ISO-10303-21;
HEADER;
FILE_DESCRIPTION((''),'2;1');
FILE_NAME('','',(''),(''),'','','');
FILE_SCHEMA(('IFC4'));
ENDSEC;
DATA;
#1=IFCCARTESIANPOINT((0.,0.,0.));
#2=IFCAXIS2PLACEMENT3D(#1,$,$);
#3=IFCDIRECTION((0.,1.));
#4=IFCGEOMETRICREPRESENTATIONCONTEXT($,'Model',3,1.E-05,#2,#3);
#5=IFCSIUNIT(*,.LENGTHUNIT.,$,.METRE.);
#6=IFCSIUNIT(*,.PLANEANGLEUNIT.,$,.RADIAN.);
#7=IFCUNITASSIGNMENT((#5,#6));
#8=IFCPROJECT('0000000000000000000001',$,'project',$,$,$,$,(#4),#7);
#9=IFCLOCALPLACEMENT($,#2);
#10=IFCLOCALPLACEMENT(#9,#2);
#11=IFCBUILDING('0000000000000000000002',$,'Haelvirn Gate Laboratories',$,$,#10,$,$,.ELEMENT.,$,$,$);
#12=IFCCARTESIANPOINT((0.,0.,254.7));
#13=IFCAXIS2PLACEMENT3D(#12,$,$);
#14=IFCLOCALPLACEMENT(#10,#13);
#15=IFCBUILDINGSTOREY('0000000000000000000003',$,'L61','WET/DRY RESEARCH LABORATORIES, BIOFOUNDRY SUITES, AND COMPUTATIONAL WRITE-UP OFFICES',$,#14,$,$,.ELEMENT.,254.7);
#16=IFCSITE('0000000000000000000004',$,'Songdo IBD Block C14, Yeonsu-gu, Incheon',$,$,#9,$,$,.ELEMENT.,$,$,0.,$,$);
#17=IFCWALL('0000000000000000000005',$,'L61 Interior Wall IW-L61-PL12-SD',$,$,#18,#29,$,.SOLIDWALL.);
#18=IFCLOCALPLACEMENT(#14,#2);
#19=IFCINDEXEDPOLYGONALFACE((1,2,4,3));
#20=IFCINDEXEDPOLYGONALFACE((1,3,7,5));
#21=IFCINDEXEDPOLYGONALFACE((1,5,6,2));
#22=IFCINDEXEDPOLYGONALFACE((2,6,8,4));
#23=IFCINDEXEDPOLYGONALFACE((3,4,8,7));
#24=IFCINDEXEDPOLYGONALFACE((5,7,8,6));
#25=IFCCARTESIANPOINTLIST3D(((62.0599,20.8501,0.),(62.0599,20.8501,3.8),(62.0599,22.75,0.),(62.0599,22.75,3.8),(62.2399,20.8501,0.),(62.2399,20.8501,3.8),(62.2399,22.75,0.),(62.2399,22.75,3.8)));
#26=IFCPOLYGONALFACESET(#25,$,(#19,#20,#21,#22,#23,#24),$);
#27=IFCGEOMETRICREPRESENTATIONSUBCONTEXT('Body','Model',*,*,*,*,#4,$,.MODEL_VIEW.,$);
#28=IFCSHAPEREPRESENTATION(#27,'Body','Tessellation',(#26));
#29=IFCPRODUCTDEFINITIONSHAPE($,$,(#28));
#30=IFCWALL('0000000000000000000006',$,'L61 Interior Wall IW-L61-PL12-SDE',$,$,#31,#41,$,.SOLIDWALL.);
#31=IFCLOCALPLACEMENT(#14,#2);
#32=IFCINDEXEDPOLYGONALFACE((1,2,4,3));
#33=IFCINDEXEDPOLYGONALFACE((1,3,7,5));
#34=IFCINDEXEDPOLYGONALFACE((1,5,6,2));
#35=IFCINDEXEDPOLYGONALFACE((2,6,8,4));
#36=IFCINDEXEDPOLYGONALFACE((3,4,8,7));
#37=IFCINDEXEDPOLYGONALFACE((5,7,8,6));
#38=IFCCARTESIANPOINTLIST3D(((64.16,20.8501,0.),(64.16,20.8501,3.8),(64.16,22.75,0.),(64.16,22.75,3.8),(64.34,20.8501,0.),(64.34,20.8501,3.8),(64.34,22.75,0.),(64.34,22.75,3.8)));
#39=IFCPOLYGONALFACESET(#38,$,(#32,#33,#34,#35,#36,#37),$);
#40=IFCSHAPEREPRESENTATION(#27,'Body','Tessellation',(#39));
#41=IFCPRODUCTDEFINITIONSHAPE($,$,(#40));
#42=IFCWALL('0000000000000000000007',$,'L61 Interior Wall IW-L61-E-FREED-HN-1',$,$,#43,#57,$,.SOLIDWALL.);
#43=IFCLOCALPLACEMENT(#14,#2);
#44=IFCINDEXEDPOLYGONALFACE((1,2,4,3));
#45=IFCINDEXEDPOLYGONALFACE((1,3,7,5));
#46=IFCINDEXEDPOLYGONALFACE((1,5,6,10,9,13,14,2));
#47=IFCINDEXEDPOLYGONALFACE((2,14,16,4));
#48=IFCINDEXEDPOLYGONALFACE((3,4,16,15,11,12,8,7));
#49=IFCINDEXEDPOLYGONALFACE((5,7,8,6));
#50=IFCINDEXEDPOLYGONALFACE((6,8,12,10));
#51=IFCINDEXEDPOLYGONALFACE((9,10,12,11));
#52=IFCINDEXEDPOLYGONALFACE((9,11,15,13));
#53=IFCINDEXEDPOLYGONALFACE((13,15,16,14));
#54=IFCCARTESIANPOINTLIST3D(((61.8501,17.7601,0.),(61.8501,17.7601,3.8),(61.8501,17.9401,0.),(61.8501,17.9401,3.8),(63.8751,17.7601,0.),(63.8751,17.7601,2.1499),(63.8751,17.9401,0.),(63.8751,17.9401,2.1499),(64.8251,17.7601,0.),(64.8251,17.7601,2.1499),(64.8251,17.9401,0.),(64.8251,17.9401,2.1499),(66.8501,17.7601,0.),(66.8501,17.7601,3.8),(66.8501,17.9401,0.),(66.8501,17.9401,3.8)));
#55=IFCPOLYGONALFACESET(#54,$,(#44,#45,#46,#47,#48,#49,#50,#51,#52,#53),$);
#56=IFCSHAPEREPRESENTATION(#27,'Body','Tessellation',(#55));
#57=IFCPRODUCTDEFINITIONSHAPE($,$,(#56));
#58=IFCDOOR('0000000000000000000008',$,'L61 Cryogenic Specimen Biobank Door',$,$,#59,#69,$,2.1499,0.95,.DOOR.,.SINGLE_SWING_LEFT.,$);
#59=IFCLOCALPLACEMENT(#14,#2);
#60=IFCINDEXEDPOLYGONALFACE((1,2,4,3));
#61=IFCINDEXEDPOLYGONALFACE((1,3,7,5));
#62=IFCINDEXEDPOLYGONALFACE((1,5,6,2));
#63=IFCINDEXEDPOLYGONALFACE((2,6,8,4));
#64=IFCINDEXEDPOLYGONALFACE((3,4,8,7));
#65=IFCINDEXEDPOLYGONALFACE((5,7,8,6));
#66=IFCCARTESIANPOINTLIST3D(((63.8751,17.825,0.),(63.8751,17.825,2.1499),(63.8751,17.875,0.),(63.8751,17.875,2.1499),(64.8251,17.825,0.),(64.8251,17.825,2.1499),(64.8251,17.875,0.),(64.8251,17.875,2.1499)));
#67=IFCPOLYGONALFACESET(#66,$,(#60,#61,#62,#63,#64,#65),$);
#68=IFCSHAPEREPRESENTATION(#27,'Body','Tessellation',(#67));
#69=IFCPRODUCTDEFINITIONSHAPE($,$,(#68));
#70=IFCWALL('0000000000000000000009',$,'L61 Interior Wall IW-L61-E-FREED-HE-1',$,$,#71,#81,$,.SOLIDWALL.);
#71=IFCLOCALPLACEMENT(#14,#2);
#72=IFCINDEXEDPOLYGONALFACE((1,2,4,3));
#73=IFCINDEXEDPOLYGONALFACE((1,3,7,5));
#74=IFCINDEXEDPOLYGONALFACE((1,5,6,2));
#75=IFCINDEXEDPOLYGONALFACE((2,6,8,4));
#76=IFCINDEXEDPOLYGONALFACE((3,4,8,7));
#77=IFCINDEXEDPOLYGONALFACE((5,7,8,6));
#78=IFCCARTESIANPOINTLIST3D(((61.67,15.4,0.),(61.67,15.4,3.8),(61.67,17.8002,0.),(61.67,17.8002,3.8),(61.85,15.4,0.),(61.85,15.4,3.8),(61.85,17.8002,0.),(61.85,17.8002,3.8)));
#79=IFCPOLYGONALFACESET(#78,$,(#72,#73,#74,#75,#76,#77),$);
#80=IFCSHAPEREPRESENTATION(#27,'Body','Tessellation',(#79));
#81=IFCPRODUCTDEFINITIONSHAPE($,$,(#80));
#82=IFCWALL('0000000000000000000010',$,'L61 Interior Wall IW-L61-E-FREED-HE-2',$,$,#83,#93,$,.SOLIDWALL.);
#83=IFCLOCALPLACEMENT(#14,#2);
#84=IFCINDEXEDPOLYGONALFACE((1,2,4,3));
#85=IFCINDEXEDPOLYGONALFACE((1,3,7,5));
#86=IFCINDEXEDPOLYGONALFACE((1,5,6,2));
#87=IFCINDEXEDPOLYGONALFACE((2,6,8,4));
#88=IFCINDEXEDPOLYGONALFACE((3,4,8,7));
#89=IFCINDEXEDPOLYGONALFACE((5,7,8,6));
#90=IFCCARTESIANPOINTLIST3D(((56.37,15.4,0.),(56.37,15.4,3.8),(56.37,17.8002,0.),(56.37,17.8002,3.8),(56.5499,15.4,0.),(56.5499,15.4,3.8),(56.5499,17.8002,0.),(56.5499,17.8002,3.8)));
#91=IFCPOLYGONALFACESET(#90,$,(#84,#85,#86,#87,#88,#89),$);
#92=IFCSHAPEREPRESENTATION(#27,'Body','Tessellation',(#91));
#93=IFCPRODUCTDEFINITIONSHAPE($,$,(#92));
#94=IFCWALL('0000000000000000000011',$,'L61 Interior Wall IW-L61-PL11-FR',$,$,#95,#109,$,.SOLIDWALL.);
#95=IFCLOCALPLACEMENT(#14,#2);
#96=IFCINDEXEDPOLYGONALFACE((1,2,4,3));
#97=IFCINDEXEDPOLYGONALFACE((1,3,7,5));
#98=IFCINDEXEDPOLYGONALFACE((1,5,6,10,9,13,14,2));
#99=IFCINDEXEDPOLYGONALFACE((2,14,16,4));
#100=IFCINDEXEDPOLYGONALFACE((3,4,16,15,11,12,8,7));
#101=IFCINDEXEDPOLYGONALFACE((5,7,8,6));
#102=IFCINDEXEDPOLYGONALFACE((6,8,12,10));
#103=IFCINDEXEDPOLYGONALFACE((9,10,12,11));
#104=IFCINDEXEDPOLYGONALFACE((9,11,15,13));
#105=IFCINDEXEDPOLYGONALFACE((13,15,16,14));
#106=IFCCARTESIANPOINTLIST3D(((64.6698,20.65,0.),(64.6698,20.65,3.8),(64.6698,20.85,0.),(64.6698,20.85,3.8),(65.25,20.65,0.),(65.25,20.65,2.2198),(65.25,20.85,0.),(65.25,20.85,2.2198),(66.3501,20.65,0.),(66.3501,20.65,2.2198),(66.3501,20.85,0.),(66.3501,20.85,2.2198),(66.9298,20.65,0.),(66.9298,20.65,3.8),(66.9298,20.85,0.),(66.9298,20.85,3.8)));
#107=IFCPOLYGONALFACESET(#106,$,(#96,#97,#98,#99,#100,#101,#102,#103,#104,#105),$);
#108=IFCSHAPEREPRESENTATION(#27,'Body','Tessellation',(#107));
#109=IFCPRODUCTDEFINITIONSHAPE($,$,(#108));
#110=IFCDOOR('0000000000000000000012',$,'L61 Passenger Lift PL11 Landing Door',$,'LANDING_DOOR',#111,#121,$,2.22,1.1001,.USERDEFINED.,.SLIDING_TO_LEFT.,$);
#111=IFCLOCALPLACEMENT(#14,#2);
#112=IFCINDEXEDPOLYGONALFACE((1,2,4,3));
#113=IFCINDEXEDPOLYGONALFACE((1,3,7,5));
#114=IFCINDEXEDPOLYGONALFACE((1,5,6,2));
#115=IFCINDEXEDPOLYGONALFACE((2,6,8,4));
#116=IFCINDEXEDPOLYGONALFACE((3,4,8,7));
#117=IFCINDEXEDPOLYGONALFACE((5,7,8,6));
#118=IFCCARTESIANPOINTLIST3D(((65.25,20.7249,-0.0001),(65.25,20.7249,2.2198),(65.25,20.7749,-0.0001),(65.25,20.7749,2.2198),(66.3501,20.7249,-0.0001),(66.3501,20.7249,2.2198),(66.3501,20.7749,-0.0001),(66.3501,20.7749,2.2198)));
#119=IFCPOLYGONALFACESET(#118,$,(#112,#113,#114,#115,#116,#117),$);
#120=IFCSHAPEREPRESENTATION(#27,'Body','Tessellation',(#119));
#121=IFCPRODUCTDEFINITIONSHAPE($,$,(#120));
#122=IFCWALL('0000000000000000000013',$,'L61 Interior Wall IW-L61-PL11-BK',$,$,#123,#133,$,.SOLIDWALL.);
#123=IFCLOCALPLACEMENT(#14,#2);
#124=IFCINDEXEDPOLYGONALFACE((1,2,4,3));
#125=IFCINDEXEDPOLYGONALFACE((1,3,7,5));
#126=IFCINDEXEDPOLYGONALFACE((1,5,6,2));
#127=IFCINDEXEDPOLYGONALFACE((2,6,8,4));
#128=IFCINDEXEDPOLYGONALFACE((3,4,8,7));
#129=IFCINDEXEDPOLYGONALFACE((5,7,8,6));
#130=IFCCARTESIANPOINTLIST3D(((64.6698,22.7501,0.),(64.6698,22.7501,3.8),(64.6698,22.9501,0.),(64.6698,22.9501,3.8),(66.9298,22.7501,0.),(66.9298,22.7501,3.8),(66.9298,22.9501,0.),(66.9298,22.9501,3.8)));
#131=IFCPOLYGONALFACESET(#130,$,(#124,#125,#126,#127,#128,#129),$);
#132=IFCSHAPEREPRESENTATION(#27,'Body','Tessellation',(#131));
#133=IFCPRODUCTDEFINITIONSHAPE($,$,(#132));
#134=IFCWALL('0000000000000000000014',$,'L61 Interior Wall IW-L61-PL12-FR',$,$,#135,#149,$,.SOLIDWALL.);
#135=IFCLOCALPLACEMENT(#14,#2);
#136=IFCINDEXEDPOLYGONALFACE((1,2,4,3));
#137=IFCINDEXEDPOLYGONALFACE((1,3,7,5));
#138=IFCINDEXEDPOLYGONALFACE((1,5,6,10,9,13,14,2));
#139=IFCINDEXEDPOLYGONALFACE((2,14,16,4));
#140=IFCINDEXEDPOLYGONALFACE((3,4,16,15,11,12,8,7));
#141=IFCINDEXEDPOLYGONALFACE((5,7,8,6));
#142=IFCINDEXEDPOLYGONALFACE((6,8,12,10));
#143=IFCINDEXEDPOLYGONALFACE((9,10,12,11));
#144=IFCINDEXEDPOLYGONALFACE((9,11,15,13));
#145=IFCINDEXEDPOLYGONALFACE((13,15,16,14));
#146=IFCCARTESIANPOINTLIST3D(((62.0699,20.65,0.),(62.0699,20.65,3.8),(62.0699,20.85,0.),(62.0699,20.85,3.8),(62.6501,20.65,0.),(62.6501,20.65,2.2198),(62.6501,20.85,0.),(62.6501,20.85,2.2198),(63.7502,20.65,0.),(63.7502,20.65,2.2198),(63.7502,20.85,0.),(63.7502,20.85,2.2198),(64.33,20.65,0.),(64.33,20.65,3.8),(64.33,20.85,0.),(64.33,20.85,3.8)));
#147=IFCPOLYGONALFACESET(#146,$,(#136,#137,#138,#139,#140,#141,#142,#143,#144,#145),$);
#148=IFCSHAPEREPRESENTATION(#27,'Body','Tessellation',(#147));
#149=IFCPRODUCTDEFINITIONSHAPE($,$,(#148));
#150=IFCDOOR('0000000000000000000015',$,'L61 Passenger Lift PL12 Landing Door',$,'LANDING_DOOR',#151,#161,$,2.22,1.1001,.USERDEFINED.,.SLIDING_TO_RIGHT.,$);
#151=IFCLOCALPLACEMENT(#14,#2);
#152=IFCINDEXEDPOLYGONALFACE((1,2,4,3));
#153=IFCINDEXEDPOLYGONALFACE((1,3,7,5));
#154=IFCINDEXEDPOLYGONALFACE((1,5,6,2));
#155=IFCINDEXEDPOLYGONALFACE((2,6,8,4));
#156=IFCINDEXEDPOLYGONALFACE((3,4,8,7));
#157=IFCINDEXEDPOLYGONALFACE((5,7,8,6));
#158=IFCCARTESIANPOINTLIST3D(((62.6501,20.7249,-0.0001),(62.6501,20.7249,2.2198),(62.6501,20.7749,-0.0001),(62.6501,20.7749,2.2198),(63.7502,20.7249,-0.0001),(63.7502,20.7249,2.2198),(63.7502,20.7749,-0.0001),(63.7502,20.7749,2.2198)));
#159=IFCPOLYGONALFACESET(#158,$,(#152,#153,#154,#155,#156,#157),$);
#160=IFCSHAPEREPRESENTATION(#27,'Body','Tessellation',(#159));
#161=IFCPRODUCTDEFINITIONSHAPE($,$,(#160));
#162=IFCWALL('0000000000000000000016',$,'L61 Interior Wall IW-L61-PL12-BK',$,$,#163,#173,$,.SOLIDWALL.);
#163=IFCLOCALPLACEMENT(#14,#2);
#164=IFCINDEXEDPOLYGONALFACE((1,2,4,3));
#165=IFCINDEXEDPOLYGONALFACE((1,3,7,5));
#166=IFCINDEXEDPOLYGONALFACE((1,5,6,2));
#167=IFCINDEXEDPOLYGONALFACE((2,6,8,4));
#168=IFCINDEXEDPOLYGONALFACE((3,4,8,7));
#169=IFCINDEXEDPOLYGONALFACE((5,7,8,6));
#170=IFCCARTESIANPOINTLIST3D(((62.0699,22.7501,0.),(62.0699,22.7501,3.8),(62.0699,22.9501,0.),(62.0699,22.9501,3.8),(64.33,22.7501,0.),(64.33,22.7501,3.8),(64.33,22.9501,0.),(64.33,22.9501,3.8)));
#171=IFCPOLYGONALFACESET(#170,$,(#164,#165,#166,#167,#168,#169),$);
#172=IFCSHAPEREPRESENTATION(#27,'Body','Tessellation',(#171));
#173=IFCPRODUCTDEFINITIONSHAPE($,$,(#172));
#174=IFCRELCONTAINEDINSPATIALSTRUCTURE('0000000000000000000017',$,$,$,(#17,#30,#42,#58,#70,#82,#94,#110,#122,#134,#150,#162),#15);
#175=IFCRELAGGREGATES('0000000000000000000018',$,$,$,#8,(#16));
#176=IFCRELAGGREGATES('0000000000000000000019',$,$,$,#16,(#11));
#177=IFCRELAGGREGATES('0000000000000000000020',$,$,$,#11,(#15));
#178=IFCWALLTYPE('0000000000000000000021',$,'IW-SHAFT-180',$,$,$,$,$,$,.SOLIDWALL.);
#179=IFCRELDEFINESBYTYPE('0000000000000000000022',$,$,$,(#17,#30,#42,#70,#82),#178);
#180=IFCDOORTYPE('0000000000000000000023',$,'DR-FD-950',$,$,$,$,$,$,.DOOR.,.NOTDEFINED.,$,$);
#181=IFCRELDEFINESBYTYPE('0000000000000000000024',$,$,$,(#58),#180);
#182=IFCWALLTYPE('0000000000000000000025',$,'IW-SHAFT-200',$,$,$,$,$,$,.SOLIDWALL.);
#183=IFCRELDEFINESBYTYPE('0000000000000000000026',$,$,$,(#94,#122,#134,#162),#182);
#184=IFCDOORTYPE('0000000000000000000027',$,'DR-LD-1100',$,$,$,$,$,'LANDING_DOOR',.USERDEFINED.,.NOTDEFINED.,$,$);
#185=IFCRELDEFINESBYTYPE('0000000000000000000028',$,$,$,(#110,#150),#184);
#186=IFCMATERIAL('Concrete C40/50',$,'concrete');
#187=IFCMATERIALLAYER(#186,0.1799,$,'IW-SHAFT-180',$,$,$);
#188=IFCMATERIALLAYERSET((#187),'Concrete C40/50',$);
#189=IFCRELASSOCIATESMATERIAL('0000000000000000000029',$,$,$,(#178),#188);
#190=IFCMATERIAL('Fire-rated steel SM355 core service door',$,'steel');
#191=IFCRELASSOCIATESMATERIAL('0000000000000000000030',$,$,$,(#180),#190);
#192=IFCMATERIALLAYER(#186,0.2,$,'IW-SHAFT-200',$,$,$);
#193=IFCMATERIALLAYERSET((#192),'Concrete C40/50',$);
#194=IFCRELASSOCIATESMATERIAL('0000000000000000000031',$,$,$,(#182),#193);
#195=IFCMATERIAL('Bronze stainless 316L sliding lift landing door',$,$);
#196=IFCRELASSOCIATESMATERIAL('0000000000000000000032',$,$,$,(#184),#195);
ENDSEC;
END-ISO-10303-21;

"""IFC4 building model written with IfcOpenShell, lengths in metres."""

from ifc_helpers import new_model, si_unit, direction, frame, frame_2d, origin, place, context, subcontext, project, spatial, rectangle, extrude, source, transform, mapped, material, layer, layer_set, type_object, type_shapes, element, fill, save


model = new_model("IFC4")

# Units and contexts
model_context = context("Model", 3, precision=1e-05, world=origin(), true_north=direction((0.0, 1.0)))
body_context = subcontext(model_context, "Body", "Model", "MODEL_VIEW")
ifc_project = project(units=[si_unit("LENGTHUNIT", "METRE"), si_unit("PLANEANGLEUNIT", "RADIAN")], contexts=[model_context])

# Site, building, storey
site_placement = place(None, origin())
site = spatial("IfcSite", under=ifc_project, at=site_placement, Name="Songdo IBD Block C14, Yeonsu-gu, Incheon", CompositionType="ELEMENT", RefElevation=0.0)
building_placement = place(site_placement, origin())
building = spatial("IfcBuilding", under=site, at=building_placement, Name="Haelvirn Gate Laboratories", CompositionType="ELEMENT")
storey_placement = place(building_placement, frame((0.0, 0.0, 254.7)))
storey = spatial("IfcBuildingStorey", under=building, at=storey_placement, Name="L61", Description="WET/DRY RESEARCH LABORATORIES, BIOFOUNDRY SUITES, AND COMPUTATIONAL WRITE-UP OFFICES", CompositionType="ELEMENT", Elevation=254.7)

# Walls
ifc_material_1 = material(Name="Concrete C40/50", Category="concrete")
ifc_layer_1 = layer(ifc_material_1, 0.1799, Name="IW-SHAFT-180")
ifc_layer_set_1 = layer_set([ifc_layer_1], Name="Concrete C40/50")
wall_type_1 = type_object("IfcWallType", Name="IW-SHAFT-180", PredefinedType="SOLIDWALL", material=ifc_layer_set_1)
for number, where, z_axis, x_axis, name in (
    (1, (62.1499, 20.8501, 0.0), (0.0, 0.0, 1.0), (0.0, 1.0, 0.0), "L61 Interior Wall IW-L61-PL12-SD"),
    (2, (64.25, 20.8501, 0.0), (0.0, 0.0, 1.0), (0.0, 1.0, 0.0), "L61 Interior Wall IW-L61-PL12-SDE"),
):
    element("IfcWall", number, at=place(storey_placement, frame(where, z_axis=z_axis, x_axis=x_axis)), inside=storey, type_object=wall_type_1, Name=name, PredefinedType="SOLIDWALL", context=body_context, shape_type="SweptSolid", body=[
        extrude(rectangle(XDim=1.8999, YDim=0.1799, at=frame_2d((0.95, 0.0))), origin(), (0.0, 0.0, 1.0), 3.8),
    ])

# Wall, opening, door
wall_1_placement = place(storey_placement, frame((61.8501, 17.8501, 0.0), z_axis=(0.0, 0.0, 1.0), x_axis=(1.0, 0.0, 0.0)))
wall_1 = element("IfcWall", 3, at=wall_1_placement, inside=storey, type_object=wall_type_1, Name="L61 Interior Wall IW-L61-E-FREED-HN-1", PredefinedType="SOLIDWALL", context=body_context, shape_type="SweptSolid", body=[
    extrude(rectangle(XDim=5.0, YDim=0.1799, at=frame_2d((2.5, 0.0))), origin(), (0.0, 0.0, 1.0), 3.8),
])
opening_1_placement = place(wall_1_placement, frame((2.0249, 0.0, 0.0)))
opening_1 = element("IfcOpeningElement", 4, at=opening_1_placement, cuts=wall_1, PredefinedType="OPENING", context=body_context, shape_type="SweptSolid", body=[
    extrude(rectangle(XDim=0.95, YDim=2.1499, at=frame_2d((0.4751, 1.075))), frame((0.0, 0.1001, 0.0), z_axis=(0.0, -1.0, 0.0), x_axis=(1.0, 0.0, 0.0)), (0.0, 0.0, 1.0), 0.2),
])
ifc_material_2 = material(Name="Fire-rated steel SM355 core service door", Category="steel")
door_type_1 = type_object("IfcDoorType", Name="DR-FD-950", OperationType="NOTDEFINED", PredefinedType="DOOR", material=ifc_material_2)
shared_shape_1 = source(origin(), body_context, "Body", "SweptSolid", [
    extrude(rectangle(XDim=0.95, YDim=2.1499, at=frame_2d((0.4751, 1.075))), frame((0.0, 0.0249, 0.0), z_axis=(0.0, -1.0, 0.0), x_axis=(1.0, 0.0, 0.0)), (0.0, 0.0, 1.0), 0.05),
])
type_shapes(door_type_1, [shared_shape_1])
door_1_placement = place(opening_1_placement, origin())
door_1 = element("IfcDoor", 5, at=door_1_placement, inside=storey, type_object=door_type_1, Name="L61 Cryogenic Specimen Biobank Door", OperationType="SINGLE_SWING_LEFT", OverallHeight=2.1499, OverallWidth=0.95, PredefinedType="DOOR", context=body_context, shape_type="MappedRepresentation", body=[
    mapped(shared_shape_1, transform((0.0, 0.0, 0.0), scale=1.0)),
])
fill(opening_1, door_1)

# Wall
wall_2_placement = place(storey_placement, frame((61.76, 15.3999, 0.0), z_axis=(0.0, 0.0, 1.0), x_axis=(0.0, 1.0, 0.0)))
element("IfcWall", 6, at=wall_2_placement, inside=storey, type_object=wall_type_1, Name="L61 Interior Wall IW-L61-E-FREED-HE-1", PredefinedType="SOLIDWALL", context=body_context, shape_type="SweptSolid", body=[
    extrude(rectangle(XDim=2.4001, YDim=0.1799, at=frame_2d((1.2002, 0.0))), origin(), (0.0, 0.0, 1.0), 3.8),
])

# Wall
wall_3_placement = place(storey_placement, frame((56.46, 15.3999, 0.0), z_axis=(0.0, 0.0, 1.0), x_axis=(0.0, 1.0, 0.0)))
element("IfcWall", 7, at=wall_3_placement, inside=storey, type_object=wall_type_1, Name="L61 Interior Wall IW-L61-E-FREED-HE-2", PredefinedType="SOLIDWALL", context=body_context, shape_type="SweptSolid", body=[
    extrude(rectangle(XDim=2.4001, YDim=0.1799, at=frame_2d((1.2002, 0.0))), origin(), (0.0, 0.0, 1.0), 3.8),
])

# Wall, opening, door
ifc_layer_2 = layer(ifc_material_1, 0.2, Name="IW-SHAFT-200")
ifc_layer_set_2 = layer_set([ifc_layer_2], Name="Concrete C40/50")
wall_type_2 = type_object("IfcWallType", Name="IW-SHAFT-200", PredefinedType="SOLIDWALL", material=ifc_layer_set_2)
wall_4_placement = place(storey_placement, frame((64.6699, 20.75, 0.0), z_axis=(0.0, 0.0, 1.0), x_axis=(1.0, 0.0, 0.0)))
wall_4 = element("IfcWall", 8, at=wall_4_placement, inside=storey, type_object=wall_type_2, Name="L61 Interior Wall IW-L61-PL11-FR", PredefinedType="SOLIDWALL", context=body_context, shape_type="SweptSolid", body=[
    extrude(rectangle(XDim=2.26, YDim=0.2, at=frame_2d((1.1299, 0.0))), origin(), (0.0, 0.0, 1.0), 3.8),
])
opening_2_placement = place(wall_4_placement, frame((0.5801, 0.0, 0.0)))
opening_2 = element("IfcOpeningElement", 9, at=opening_2_placement, cuts=wall_4, PredefinedType="OPENING", context=body_context, shape_type="SweptSolid", body=[
    extrude(rectangle(XDim=1.1001, YDim=2.22, at=frame_2d((0.55, 1.1099))), frame((0.0, 0.1099, 0.0), z_axis=(0.0, -1.0, 0.0), x_axis=(1.0, 0.0, 0.0)), (0.0, 0.0, 1.0), 0.22),
])
ifc_material_3 = material(Name="Bronze stainless 316L sliding lift landing door")
door_type_2 = type_object("IfcDoorType", Name="DR-LD-1100", ElementType="LANDING_DOOR", OperationType="NOTDEFINED", PredefinedType="USERDEFINED", material=ifc_material_3)
shared_shape_2 = source(origin(), body_context, "Body", "SweptSolid", [
    extrude(rectangle(XDim=1.1001, YDim=2.22, at=frame_2d((0.55, 1.1099))), frame((0.0, 0.0249, 0.0), z_axis=(0.0, -1.0, 0.0), x_axis=(1.0, 0.0, 0.0)), (0.0, 0.0, 1.0), 0.05),
])
type_shapes(door_type_2, [shared_shape_2])
door_2_placement = place(opening_2_placement, origin())
door_2 = element("IfcDoor", 10, at=door_2_placement, inside=storey, type_object=door_type_2, Name="L61 Passenger Lift PL11 Landing Door", ObjectType="LANDING_DOOR", OperationType="SLIDING_TO_LEFT", OverallHeight=2.22, OverallWidth=1.1001, PredefinedType="USERDEFINED", context=body_context, shape_type="MappedRepresentation", body=[
    mapped(shared_shape_2, transform((0.0, 0.0, 0.0), scale=1.0)),
])
fill(opening_2, door_2)

# Wall
wall_5_placement = place(storey_placement, frame((64.6699, 22.8501, 0.0), z_axis=(0.0, 0.0, 1.0), x_axis=(1.0, 0.0, 0.0)))
element("IfcWall", 11, at=wall_5_placement, inside=storey, type_object=wall_type_2, Name="L61 Interior Wall IW-L61-PL11-BK", PredefinedType="SOLIDWALL", context=body_context, shape_type="SweptSolid", body=[
    extrude(rectangle(XDim=2.26, YDim=0.2, at=frame_2d((1.1299, 0.0))), origin(), (0.0, 0.0, 1.0), 3.8),
])

# Wall, opening, door
wall_6_placement = place(storey_placement, frame((62.0701, 20.75, 0.0), z_axis=(0.0, 0.0, 1.0), x_axis=(1.0, 0.0, 0.0)))
wall_6 = element("IfcWall", 12, at=wall_6_placement, inside=storey, type_object=wall_type_2, Name="L61 Interior Wall IW-L61-PL12-FR", PredefinedType="SOLIDWALL", context=body_context, shape_type="SweptSolid", body=[
    extrude(rectangle(XDim=2.26, YDim=0.2, at=frame_2d((1.1299, 0.0))), origin(), (0.0, 0.0, 1.0), 3.8),
])
opening_3_placement = place(wall_6_placement, frame((0.5801, 0.0, 0.0)))
opening_3 = element("IfcOpeningElement", 13, at=opening_3_placement, cuts=wall_6, PredefinedType="OPENING", context=body_context, shape_type="SweptSolid", body=[
    extrude(rectangle(XDim=1.1001, YDim=2.22, at=frame_2d((0.55, 1.1099))), frame((0.0, 0.1099, 0.0), z_axis=(0.0, -1.0, 0.0), x_axis=(1.0, 0.0, 0.0)), (0.0, 0.0, 1.0), 0.22),
])
door_3_placement = place(opening_3_placement, origin())
door_3 = element("IfcDoor", 14, at=door_3_placement, inside=storey, type_object=door_type_2, Name="L61 Passenger Lift PL12 Landing Door", ObjectType="LANDING_DOOR", OperationType="SLIDING_TO_RIGHT", OverallHeight=2.22, OverallWidth=1.1001, PredefinedType="USERDEFINED", context=body_context, shape_type="MappedRepresentation", body=[
    mapped(shared_shape_2, transform((0.0, 0.0, 0.0), scale=1.0)),
])
fill(opening_3, door_3)

# Wall
wall_7_placement = place(storey_placement, frame((62.0701, 22.8501, 0.0), z_axis=(0.0, 0.0, 1.0), x_axis=(1.0, 0.0, 0.0)))
element("IfcWall", 15, at=wall_7_placement, inside=storey, type_object=wall_type_2, Name="L61 Interior Wall IW-L61-PL12-BK", PredefinedType="SOLIDWALL", context=body_context, shape_type="SweptSolid", body=[
    extrude(rectangle(XDim=2.26, YDim=0.2, at=frame_2d((1.1299, 0.0))), origin(), (0.0, 0.0, 1.0), 3.8),
])

save(model, "model.ifc")
